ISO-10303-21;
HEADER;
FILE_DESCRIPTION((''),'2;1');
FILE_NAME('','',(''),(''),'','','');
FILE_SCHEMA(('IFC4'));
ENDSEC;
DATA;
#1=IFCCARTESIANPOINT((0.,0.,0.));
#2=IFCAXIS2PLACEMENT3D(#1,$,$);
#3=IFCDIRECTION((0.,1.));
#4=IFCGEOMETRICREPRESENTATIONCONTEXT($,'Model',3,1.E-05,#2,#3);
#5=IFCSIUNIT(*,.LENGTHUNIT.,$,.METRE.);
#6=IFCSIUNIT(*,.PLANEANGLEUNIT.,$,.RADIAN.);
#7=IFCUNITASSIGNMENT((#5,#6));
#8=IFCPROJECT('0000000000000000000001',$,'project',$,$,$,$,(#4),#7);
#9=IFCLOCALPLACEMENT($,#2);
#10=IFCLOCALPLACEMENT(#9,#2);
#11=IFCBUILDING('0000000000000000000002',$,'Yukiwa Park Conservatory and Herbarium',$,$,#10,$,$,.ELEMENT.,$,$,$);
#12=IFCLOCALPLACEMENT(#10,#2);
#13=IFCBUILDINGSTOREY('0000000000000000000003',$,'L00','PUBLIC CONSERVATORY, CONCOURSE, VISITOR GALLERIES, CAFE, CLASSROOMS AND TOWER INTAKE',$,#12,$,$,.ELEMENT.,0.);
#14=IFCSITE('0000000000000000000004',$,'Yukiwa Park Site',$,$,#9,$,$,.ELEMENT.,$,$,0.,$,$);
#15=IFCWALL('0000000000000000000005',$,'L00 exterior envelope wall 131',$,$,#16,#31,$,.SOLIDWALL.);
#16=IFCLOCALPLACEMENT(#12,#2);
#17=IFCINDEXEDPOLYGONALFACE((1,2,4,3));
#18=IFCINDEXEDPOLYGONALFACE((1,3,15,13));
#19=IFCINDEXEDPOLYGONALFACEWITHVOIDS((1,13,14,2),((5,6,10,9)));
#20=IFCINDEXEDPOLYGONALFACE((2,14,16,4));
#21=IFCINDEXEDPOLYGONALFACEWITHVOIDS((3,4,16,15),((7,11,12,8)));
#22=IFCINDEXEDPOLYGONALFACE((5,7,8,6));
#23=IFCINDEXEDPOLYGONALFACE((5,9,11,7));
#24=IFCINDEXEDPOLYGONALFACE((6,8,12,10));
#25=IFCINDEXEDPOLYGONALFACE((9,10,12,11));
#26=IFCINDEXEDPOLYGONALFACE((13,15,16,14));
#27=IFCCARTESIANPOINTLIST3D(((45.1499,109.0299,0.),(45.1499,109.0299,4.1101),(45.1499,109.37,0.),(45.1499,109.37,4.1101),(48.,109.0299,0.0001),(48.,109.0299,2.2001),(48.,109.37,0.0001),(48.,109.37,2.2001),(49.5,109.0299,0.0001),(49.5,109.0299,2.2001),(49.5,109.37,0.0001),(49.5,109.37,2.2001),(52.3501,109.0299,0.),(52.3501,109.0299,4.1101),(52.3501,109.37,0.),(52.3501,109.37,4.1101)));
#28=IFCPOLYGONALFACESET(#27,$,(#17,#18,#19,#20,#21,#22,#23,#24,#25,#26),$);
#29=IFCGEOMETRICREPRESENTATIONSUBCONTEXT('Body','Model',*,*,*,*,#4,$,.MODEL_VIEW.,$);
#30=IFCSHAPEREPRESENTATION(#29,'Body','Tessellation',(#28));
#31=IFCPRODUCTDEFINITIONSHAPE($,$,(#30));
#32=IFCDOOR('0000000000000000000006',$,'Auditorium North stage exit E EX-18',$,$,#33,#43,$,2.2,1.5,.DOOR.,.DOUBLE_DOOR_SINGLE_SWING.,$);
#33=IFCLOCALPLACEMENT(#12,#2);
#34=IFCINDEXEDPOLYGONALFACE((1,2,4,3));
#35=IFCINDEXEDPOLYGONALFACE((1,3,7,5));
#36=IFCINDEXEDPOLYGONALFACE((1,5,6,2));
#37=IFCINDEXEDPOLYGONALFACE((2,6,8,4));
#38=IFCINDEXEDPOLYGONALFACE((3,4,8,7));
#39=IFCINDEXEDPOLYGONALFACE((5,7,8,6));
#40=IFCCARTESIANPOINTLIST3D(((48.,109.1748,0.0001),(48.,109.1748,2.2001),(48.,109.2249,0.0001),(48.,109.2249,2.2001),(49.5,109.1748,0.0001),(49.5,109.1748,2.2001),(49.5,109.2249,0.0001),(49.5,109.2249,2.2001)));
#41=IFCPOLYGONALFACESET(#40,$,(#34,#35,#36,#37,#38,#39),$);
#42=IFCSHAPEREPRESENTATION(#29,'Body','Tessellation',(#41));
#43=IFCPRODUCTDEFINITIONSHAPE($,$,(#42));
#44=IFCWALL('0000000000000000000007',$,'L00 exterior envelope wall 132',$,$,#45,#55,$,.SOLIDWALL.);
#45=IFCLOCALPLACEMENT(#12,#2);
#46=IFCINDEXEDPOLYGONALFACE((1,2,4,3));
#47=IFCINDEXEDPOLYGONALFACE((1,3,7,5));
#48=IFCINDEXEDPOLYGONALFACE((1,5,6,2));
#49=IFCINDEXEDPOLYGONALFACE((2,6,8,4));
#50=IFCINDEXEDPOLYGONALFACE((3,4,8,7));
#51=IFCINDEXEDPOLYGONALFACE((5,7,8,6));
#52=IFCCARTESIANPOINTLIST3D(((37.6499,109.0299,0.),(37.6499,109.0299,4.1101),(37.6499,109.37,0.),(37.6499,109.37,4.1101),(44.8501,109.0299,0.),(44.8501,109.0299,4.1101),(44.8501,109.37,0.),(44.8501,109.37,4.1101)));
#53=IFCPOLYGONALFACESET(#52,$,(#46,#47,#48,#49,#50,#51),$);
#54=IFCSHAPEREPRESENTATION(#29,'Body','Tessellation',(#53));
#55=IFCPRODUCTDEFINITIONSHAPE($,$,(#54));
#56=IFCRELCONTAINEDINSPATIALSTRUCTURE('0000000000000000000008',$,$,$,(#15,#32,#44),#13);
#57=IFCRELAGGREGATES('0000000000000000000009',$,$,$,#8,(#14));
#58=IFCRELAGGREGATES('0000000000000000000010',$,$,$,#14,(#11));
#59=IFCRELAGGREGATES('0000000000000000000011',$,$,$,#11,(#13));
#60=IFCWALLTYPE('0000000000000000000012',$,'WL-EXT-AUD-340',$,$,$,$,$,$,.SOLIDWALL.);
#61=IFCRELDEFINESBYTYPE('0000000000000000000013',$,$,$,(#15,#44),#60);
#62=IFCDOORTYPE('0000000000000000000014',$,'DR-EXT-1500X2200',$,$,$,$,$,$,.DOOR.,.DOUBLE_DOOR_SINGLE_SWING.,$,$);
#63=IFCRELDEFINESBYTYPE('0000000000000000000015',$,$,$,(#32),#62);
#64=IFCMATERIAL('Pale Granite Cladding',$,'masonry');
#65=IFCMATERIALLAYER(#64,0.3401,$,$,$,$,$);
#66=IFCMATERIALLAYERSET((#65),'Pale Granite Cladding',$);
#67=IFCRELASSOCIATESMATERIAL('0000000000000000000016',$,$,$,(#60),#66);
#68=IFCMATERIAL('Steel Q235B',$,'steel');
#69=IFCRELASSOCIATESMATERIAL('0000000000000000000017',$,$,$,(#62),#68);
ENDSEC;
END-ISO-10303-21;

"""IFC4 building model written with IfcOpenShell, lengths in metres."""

from ifc_helpers import new_model, si_unit, direction, frame, frame_2d, origin, place, context, subcontext, project, spatial, rectangle, extrude, material, layer, layer_set, type_object, element, fill, save


model = new_model("IFC4")

# Units and contexts
model_context = context("Model", 3, precision=1e-05, world=origin(), true_north=direction((0.0, 1.0)))
body_context = subcontext(model_context, "Body", "Model", "MODEL_VIEW")
ifc_project = project(units=[si_unit("LENGTHUNIT", "METRE"), si_unit("PLANEANGLEUNIT", "RADIAN")], contexts=[model_context])

# Site, building, storey
site_placement = place(None, origin())
site = spatial("IfcSite", under=ifc_project, at=site_placement, Name="Yukiwa Park Site", CompositionType="ELEMENT", RefElevation=0.0)
building_placement = place(site_placement, origin())
building = spatial("IfcBuilding", under=site, at=building_placement, Name="Yukiwa Park Conservatory and Herbarium", CompositionType="ELEMENT")
storey_placement = place(building_placement, origin())
storey = spatial("IfcBuildingStorey", under=building, at=storey_placement, Name="L00", Description="PUBLIC CONSERVATORY, CONCOURSE, VISITOR GALLERIES, CAFE, CLASSROOMS AND TOWER INTAKE", CompositionType="ELEMENT", Elevation=0.0)

# Shared definitions
ifc_material_1 = material(Name="Pale Granite Cladding", Category="masonry")
ifc_layer_1 = layer(ifc_material_1, 0.3401)
ifc_layer_set_1 = layer_set([ifc_layer_1], Name="Pale Granite Cladding")
wall_type = type_object("IfcWallType", Name="WL-EXT-AUD-340", PredefinedType="SOLIDWALL", material=ifc_layer_set_1)

# Wall, opening, door
wall_1_placement = place(storey_placement, frame((52.3501, 109.2, 0.0), z_axis=(0.0, 0.0, 1.0), x_axis=(-1.0, 0.0, 0.0)))
wall_1 = element("IfcWall", 1, at=wall_1_placement, inside=storey, type_object=wall_type, Name="L00 exterior envelope wall 131", PredefinedType="SOLIDWALL", context=body_context, shape_type="SweptSolid", body=[
    extrude(rectangle(XDim=7.2002, YDim=0.3401, at=frame_2d((3.6001, 0.0))), origin(), (0.0, 0.0, 1.0), 4.1101),
])
opening_placement = place(wall_1_placement, frame((2.8501, 0.0, 0.0)))
opening = element("IfcOpeningElement", 2, at=opening_placement, cuts=wall_1, PredefinedType="OPENING", context=body_context, shape_type="SweptSolid", body=[
    extrude(rectangle(XDim=1.5, YDim=2.2, at=frame_2d((0.75, 1.1001))), frame((0.0, 0.1802, 0.0), z_axis=(0.0, -1.0, 0.0), x_axis=(1.0, 0.0, 0.0)), (0.0, 0.0, 1.0), 0.3601),
])
ifc_material_2 = material(Name="Steel Q235B", Category="steel")
door_type = type_object("IfcDoorType", Name="DR-EXT-1500X2200", OperationType="DOUBLE_DOOR_SINGLE_SWING", PredefinedType="DOOR", material=ifc_material_2)
door_placement = place(opening_placement, frame((1.5, 0.0, 0.0), z_axis=(0.0, 0.0, 1.0), x_axis=(-1.0, 0.0, 0.0)))
door = element("IfcDoor", 3, at=door_placement, inside=storey, type_object=door_type, Name="Auditorium North stage exit E EX-18", OperationType="DOUBLE_DOOR_SINGLE_SWING", OverallHeight=2.2, OverallWidth=1.5, PredefinedType="DOOR", context=body_context, shape_type="SweptSolid", body=[
    extrude(rectangle(XDim=1.5, YDim=2.2, at=frame_2d((0.75, 1.1001))), frame((0.0, 0.0249, 0.0), z_axis=(0.0, -1.0, 0.0), x_axis=(1.0, 0.0, 0.0)), (0.0, 0.0, 1.0), 0.05),
])
fill(opening, door)

# Wall
wall_2_placement = place(storey_placement, frame((44.8501, 109.2, 0.0), z_axis=(0.0, 0.0, 1.0), x_axis=(-1.0, 0.0, 0.0)))
element("IfcWall", 4, at=wall_2_placement, inside=storey, type_object=wall_type, Name="L00 exterior envelope wall 132", PredefinedType="SOLIDWALL", context=body_context, shape_type="SweptSolid", body=[
    extrude(rectangle(XDim=7.2002, YDim=0.3401, at=frame_2d((3.6001, 0.0))), origin(), (0.0, 0.0, 1.0), 4.1101),
])

save(model, "model.ifc")
